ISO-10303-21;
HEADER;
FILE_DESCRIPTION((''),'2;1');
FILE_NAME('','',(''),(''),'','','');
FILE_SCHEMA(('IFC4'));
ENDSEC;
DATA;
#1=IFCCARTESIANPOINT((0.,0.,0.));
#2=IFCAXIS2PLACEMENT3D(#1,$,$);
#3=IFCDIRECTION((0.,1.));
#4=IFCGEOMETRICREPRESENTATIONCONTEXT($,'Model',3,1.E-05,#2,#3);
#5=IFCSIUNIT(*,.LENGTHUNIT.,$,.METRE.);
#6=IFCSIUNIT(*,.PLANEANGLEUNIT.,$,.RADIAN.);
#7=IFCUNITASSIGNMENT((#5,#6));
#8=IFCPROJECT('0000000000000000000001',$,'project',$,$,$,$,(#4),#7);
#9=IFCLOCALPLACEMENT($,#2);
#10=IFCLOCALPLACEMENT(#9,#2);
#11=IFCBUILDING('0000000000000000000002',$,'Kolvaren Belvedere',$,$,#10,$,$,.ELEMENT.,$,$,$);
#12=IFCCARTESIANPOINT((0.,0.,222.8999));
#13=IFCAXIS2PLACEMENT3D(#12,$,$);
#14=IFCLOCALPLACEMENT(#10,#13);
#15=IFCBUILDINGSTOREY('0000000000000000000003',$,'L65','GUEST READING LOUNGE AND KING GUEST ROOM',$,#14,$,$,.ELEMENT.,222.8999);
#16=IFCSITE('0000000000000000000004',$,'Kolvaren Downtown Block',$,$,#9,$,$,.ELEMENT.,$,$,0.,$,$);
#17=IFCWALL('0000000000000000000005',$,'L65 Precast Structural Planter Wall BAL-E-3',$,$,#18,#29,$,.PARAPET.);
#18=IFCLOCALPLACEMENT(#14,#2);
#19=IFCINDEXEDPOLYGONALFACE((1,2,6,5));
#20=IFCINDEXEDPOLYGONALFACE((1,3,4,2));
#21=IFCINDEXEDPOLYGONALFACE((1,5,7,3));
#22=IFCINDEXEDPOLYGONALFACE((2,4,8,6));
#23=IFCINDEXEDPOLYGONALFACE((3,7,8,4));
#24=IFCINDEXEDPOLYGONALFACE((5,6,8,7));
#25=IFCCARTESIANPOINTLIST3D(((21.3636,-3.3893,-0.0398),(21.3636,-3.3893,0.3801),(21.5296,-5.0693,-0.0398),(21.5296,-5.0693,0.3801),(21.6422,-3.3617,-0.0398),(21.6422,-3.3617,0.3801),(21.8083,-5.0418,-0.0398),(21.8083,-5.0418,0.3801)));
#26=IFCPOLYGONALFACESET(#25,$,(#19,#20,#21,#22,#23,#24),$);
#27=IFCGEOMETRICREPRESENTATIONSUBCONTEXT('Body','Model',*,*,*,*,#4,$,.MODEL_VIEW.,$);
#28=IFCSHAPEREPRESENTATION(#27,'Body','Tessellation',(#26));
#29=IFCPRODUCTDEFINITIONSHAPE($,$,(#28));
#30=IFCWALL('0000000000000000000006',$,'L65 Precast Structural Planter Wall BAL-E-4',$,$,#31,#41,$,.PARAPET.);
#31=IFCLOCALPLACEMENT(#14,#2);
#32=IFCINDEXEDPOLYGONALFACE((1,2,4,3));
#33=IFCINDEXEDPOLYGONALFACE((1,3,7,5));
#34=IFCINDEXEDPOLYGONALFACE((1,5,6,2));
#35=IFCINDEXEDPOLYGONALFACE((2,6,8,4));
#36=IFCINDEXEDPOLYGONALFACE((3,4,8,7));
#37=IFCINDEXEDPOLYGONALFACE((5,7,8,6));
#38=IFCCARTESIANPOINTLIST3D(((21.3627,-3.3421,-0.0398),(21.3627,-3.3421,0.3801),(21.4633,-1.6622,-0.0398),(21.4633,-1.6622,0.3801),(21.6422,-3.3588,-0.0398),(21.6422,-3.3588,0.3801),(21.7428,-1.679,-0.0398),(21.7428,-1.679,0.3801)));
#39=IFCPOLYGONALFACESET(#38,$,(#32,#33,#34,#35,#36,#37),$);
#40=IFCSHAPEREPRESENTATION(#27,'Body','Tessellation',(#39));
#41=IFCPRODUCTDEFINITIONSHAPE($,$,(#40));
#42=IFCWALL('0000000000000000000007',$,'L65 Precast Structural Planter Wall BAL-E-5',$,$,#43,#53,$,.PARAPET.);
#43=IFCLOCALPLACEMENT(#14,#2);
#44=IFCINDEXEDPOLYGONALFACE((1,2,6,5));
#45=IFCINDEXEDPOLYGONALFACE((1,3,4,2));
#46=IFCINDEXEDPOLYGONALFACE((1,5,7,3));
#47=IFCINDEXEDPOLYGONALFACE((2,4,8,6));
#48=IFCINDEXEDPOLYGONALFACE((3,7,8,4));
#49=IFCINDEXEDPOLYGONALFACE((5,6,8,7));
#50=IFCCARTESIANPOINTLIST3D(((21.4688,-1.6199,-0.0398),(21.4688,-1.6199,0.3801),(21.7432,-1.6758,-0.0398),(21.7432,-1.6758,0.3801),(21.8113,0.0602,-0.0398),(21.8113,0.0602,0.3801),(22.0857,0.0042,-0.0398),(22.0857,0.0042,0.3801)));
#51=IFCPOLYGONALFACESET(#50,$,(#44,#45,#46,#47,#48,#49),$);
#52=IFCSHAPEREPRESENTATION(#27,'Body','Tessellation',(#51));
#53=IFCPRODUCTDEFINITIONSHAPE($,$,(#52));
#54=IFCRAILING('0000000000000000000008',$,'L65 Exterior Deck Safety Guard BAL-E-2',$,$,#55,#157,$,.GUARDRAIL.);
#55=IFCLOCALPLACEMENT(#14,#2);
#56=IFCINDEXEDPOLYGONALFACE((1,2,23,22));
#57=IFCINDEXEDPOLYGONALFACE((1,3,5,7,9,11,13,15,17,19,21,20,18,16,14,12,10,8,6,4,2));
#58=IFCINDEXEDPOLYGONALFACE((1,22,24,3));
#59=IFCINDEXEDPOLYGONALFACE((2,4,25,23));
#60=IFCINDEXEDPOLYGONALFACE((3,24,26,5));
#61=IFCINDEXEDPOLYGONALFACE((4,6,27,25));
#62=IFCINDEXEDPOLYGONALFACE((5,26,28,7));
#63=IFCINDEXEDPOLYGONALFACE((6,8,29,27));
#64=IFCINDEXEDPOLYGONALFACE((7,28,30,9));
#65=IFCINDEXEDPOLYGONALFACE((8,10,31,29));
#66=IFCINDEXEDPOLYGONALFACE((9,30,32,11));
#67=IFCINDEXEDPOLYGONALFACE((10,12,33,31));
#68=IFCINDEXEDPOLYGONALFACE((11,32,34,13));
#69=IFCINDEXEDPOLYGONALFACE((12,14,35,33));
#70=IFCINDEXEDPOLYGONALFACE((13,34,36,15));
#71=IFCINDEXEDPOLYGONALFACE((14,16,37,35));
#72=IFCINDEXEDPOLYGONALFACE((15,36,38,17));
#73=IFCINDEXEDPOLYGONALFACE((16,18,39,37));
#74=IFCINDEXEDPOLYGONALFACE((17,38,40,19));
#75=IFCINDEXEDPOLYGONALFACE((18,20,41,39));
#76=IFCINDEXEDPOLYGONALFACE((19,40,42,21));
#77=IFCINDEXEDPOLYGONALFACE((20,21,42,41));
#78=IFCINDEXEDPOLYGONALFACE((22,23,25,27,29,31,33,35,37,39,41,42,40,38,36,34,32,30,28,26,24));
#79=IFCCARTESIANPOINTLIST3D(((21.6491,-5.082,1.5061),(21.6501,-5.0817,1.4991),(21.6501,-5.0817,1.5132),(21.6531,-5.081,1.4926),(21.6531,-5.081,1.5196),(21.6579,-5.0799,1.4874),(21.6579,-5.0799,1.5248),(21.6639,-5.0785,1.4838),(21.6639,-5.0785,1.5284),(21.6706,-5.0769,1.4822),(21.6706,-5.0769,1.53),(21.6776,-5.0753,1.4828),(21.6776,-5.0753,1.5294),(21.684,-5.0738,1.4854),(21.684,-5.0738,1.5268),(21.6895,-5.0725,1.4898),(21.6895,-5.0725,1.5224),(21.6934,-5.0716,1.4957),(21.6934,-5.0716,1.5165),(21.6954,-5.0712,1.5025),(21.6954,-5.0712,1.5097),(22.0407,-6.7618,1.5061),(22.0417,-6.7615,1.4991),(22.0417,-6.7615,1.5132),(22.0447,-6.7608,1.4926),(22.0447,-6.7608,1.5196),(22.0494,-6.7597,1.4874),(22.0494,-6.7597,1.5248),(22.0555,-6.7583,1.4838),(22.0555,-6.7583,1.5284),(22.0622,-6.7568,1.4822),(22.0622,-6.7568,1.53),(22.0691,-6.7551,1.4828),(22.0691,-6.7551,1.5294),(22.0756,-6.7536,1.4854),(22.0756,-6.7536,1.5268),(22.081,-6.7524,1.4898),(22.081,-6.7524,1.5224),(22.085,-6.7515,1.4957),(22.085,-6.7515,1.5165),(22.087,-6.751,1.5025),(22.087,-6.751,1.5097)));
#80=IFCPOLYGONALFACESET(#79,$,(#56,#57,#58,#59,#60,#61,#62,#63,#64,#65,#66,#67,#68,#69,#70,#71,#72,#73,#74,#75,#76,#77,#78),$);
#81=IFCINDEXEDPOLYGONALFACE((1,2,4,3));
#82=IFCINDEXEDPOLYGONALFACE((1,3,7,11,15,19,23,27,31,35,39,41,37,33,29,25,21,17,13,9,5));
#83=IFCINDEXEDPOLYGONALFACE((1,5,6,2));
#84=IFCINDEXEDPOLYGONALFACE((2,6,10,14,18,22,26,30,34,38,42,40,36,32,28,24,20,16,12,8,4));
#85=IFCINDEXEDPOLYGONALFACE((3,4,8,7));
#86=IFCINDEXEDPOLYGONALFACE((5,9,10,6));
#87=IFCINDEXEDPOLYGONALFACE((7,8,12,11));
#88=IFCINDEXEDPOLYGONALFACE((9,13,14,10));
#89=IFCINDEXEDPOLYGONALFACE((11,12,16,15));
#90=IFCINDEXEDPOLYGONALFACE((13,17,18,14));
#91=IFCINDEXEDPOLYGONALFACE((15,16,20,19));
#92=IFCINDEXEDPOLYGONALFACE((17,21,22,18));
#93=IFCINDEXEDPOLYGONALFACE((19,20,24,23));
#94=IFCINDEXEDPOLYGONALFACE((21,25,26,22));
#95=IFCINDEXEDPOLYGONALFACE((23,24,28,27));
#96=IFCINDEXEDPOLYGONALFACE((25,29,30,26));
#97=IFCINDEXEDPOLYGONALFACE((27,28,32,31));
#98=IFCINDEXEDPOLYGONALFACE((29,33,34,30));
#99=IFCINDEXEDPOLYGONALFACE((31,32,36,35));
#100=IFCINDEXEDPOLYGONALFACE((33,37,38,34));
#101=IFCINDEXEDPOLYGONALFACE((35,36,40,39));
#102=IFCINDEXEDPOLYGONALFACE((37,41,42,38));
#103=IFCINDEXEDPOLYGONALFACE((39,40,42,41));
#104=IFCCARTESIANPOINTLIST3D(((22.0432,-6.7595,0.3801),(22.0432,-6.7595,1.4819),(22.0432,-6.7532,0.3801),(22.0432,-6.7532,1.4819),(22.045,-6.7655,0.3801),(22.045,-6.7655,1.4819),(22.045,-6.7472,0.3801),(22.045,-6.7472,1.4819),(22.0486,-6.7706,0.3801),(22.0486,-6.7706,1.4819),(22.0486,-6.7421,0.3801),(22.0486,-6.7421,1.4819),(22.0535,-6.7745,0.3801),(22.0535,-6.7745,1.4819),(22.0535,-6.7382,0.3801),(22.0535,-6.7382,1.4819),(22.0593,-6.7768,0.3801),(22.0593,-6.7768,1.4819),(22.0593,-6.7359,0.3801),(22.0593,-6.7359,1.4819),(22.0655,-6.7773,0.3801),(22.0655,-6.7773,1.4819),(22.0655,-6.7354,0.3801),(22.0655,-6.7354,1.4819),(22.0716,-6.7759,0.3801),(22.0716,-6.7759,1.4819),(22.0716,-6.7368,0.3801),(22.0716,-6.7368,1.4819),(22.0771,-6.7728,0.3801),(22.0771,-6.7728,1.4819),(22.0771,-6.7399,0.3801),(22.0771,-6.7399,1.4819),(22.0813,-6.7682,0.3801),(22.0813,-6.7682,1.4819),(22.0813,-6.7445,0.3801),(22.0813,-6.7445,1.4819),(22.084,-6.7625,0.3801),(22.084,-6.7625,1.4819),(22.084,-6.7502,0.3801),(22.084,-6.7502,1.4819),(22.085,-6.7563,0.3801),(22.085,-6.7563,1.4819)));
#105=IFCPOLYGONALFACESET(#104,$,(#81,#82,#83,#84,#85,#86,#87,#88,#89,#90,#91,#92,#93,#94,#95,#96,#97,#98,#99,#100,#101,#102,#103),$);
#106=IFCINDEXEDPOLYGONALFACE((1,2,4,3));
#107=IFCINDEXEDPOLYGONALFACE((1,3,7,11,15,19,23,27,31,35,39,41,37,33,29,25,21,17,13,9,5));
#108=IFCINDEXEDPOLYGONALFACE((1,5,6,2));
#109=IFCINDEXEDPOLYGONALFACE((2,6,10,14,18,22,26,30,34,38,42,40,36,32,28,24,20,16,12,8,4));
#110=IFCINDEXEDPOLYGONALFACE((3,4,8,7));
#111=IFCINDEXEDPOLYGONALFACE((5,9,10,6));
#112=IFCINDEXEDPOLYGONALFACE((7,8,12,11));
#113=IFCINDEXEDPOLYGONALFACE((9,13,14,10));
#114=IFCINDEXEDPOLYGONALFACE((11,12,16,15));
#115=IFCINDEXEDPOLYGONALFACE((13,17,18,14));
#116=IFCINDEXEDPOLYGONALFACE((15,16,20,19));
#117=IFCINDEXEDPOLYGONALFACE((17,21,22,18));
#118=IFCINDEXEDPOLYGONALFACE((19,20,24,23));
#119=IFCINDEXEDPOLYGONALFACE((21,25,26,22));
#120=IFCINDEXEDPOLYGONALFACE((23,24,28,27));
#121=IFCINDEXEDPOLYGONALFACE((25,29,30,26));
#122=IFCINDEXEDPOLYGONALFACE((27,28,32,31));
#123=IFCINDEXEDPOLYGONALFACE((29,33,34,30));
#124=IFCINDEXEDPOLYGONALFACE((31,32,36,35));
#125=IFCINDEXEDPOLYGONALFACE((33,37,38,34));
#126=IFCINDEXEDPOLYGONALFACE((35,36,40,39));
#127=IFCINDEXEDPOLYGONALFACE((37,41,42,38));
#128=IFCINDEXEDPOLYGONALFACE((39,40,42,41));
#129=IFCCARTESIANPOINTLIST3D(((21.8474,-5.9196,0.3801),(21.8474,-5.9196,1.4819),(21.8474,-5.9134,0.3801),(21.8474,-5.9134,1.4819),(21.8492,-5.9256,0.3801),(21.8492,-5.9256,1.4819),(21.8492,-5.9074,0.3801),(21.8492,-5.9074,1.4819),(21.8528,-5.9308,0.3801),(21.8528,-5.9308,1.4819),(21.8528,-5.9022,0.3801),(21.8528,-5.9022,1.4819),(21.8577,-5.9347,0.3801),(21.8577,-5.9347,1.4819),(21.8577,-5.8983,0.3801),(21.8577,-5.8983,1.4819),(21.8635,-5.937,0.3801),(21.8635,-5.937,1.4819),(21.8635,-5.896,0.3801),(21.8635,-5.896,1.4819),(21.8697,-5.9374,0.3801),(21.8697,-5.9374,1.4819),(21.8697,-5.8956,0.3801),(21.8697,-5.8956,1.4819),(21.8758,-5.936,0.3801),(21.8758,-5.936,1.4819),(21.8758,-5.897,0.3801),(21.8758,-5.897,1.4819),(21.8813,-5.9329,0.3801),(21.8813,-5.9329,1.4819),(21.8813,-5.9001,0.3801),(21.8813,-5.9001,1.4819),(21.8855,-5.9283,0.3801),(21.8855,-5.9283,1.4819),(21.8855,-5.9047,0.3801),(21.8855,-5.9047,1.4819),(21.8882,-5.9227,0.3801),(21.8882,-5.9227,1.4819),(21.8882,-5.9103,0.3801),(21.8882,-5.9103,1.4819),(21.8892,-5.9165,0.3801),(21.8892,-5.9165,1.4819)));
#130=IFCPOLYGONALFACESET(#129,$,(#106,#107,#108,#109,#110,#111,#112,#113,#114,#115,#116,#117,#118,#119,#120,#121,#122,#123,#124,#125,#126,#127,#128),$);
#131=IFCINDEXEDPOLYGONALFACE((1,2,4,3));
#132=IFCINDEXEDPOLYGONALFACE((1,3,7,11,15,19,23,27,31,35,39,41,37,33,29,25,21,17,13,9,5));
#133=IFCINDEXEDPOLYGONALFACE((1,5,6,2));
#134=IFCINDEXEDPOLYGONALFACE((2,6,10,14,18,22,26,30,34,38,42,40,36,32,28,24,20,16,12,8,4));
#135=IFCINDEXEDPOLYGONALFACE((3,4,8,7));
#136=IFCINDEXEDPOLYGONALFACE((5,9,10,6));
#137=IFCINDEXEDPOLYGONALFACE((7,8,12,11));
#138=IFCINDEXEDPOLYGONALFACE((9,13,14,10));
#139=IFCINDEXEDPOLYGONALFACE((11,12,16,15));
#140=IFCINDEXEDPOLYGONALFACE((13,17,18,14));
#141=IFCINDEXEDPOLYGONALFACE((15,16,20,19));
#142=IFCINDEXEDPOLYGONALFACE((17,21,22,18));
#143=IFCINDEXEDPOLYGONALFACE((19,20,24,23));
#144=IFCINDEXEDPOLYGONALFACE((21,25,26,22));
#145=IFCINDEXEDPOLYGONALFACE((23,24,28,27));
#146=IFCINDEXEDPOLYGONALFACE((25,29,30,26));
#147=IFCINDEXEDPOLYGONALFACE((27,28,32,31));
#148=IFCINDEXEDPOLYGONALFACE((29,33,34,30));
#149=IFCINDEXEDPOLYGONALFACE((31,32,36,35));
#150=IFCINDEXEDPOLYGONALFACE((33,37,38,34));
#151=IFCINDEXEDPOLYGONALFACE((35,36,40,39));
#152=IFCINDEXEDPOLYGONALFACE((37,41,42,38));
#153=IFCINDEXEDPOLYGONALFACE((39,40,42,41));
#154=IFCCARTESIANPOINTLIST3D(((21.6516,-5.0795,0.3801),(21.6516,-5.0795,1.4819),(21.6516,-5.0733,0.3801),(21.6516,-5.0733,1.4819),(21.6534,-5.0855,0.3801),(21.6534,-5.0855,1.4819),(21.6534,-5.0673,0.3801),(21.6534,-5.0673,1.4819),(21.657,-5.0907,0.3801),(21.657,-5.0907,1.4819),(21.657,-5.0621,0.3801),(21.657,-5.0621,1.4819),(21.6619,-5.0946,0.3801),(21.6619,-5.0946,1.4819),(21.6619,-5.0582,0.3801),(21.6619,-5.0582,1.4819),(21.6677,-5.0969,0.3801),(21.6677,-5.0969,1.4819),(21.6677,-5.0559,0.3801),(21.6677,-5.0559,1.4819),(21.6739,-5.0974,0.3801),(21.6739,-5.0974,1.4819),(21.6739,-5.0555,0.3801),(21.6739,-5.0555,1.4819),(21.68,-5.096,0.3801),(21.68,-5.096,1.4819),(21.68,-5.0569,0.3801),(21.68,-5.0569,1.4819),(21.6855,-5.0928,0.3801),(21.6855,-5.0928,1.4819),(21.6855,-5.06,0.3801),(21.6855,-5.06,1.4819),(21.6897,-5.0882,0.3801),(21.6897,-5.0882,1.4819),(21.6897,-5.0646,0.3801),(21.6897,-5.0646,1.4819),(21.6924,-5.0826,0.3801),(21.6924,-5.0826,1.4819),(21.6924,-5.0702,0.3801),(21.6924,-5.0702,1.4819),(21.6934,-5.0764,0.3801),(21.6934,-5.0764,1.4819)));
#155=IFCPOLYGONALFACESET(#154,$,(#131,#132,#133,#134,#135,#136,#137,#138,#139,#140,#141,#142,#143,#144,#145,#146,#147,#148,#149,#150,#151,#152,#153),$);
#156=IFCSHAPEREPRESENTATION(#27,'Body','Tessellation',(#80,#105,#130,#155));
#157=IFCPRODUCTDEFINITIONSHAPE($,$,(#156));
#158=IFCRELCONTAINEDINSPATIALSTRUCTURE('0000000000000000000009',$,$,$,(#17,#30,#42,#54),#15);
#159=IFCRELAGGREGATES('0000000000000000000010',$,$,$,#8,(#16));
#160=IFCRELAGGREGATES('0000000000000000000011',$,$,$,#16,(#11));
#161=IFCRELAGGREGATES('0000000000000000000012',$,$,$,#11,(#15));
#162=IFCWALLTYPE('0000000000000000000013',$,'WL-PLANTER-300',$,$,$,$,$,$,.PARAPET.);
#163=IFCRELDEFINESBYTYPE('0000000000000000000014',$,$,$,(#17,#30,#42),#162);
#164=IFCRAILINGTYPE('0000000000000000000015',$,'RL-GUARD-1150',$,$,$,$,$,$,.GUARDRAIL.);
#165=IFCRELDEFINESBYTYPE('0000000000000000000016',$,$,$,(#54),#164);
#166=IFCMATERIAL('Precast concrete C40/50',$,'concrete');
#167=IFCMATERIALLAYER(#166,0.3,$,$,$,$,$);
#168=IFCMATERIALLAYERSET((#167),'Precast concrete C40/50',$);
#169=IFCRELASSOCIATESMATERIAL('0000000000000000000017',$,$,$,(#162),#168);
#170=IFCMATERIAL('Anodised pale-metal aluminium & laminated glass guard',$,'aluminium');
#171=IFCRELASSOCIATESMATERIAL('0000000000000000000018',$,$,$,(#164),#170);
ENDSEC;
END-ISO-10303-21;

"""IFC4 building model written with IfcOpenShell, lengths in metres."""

from ifc_helpers import new_model, si_unit, direction, frame, frame_2d, origin, origin_2d, place, context, subcontext, project, spatial, rectangle, circle, extrude, material, layer, layer_set, type_object, element, save


model = new_model("IFC4")

# Units and contexts
model_context = context("Model", 3, precision=1e-05, world=origin(), true_north=direction((0.0, 1.0)))
body_context = subcontext(model_context, "Body", "Model", "MODEL_VIEW")
ifc_project = project(units=[si_unit("LENGTHUNIT", "METRE"), si_unit("PLANEANGLEUNIT", "RADIAN")], contexts=[model_context])

# Site, building, storey
site_placement = place(None, origin())
site = spatial("IfcSite", under=ifc_project, at=site_placement, Name="Kolvaren Downtown Block", CompositionType="ELEMENT", RefElevation=0.0)
building_placement = place(site_placement, origin())
building = spatial("IfcBuilding", under=site, at=building_placement, Name="Kolvaren Belvedere", CompositionType="ELEMENT")
storey_placement = place(building_placement, frame((0.0, 0.0, 222.8999)))
storey = spatial("IfcBuildingStorey", under=building, at=storey_placement, Name="L65", Description="GUEST READING LOUNGE AND KING GUEST ROOM", CompositionType="ELEMENT", Elevation=222.8999)

# Walls
ifc_material_1 = material(Name="Precast concrete C40/50", Category="concrete")
ifc_layer_1 = layer(ifc_material_1, 0.3)
ifc_layer_set_1 = layer_set([ifc_layer_1], Name="Precast concrete C40/50")
wall_type_1 = type_object("IfcWallType", Name="WL-PLANTER-300", PredefinedType="PARAPET", material=ifc_layer_set_1)
wall_1_placement = place(storey_placement, frame((21.6689, -5.0557, -0.0398), z_axis=(0.0, 0.0, 1.0), x_axis=(-0.098344, 0.995152, 0.0)))
element("IfcWall", 1, at=wall_1_placement, inside=storey, type_object=wall_type_1, Name="L65 Precast Structural Planter Wall BAL-E-3", PredefinedType="PARAPET", context=body_context, shape_type="SweptSolid", body=[
    extrude(rectangle(XDim=1.6882, YDim=0.28, at=frame_2d((0.8442, 0.0))), origin(), (0.0, 0.0, 1.0), 0.4199),
])
wall_2_placement = place(storey_placement, frame((21.5024, -3.3503, -0.0398), z_axis=(0.0, 0.0, 1.0), x_axis=(0.059768, 0.998212, 0.0)))
element("IfcWall", 2, at=wall_2_placement, inside=storey, type_object=wall_type_1, Name="L65 Precast Structural Planter Wall BAL-E-4", PredefinedType="PARAPET", context=body_context, shape_type="SweptSolid", body=[
    extrude(rectangle(XDim=1.6829, YDim=0.28, at=frame_2d((0.8413, 0.0))), origin(), (0.0, 0.0, 1.0), 0.4199),
])
wall_3_placement = place(storey_placement, frame((21.606, -1.6479, -0.0398), z_axis=(0.0, 0.0, 1.0), x_axis=(0.199784, 0.97984, 0.0)))
element("IfcWall", 3, at=wall_3_placement, inside=storey, type_object=wall_type_1, Name="L65 Precast Structural Planter Wall BAL-E-5", PredefinedType="PARAPET", context=body_context, shape_type="SweptSolid", body=[
    extrude(rectangle(XDim=1.7146, YDim=0.28, at=frame_2d((0.8574, 0.0))), origin(), (0.0, 0.0, 1.0), 0.4199),
])

# Railing
ifc_material_2 = material(Name="Anodised pale-metal aluminium & laminated glass guard", Category="aluminium")
railing_type = type_object("IfcRailingType", Name="RL-GUARD-1150", PredefinedType="GUARDRAIL", material=ifc_material_2)
railing_1_placement = place(storey_placement, frame((22.064, -6.7563, 0.3801)))
element("IfcRailing", 4, at=railing_1_placement, inside=storey, type_object=railing_type, Name="L65 Exterior Deck Safety Guard BAL-E-2", PredefinedType="GUARDRAIL", context=body_context, shape_type="SweptSolid", body=[
    extrude(circle(Radius=0.0239, at=origin_2d()), frame((0.0, 0.0, 1.126), z_axis=(-0.227019, 0.97389, 0.0), x_axis=(-0.97389, -0.227019, 0.0)), (0.0, 0.0, 1.0), 1.7249),
    extrude(circle(Radius=0.021, at=origin_2d()), origin(), (0.0, 0.0, 1.0), 1.1018),
    extrude(circle(Radius=0.021, at=origin_2d()), frame((-0.1958, 0.8398, 0.0)), (0.0, 0.0, 1.0), 1.1018),
    extrude(circle(Radius=0.021, at=origin_2d()), frame((-0.3916, 1.6799, 0.0)), (0.0, 0.0, 1.0), 1.1018),
])

save(model, "model.ifc")
